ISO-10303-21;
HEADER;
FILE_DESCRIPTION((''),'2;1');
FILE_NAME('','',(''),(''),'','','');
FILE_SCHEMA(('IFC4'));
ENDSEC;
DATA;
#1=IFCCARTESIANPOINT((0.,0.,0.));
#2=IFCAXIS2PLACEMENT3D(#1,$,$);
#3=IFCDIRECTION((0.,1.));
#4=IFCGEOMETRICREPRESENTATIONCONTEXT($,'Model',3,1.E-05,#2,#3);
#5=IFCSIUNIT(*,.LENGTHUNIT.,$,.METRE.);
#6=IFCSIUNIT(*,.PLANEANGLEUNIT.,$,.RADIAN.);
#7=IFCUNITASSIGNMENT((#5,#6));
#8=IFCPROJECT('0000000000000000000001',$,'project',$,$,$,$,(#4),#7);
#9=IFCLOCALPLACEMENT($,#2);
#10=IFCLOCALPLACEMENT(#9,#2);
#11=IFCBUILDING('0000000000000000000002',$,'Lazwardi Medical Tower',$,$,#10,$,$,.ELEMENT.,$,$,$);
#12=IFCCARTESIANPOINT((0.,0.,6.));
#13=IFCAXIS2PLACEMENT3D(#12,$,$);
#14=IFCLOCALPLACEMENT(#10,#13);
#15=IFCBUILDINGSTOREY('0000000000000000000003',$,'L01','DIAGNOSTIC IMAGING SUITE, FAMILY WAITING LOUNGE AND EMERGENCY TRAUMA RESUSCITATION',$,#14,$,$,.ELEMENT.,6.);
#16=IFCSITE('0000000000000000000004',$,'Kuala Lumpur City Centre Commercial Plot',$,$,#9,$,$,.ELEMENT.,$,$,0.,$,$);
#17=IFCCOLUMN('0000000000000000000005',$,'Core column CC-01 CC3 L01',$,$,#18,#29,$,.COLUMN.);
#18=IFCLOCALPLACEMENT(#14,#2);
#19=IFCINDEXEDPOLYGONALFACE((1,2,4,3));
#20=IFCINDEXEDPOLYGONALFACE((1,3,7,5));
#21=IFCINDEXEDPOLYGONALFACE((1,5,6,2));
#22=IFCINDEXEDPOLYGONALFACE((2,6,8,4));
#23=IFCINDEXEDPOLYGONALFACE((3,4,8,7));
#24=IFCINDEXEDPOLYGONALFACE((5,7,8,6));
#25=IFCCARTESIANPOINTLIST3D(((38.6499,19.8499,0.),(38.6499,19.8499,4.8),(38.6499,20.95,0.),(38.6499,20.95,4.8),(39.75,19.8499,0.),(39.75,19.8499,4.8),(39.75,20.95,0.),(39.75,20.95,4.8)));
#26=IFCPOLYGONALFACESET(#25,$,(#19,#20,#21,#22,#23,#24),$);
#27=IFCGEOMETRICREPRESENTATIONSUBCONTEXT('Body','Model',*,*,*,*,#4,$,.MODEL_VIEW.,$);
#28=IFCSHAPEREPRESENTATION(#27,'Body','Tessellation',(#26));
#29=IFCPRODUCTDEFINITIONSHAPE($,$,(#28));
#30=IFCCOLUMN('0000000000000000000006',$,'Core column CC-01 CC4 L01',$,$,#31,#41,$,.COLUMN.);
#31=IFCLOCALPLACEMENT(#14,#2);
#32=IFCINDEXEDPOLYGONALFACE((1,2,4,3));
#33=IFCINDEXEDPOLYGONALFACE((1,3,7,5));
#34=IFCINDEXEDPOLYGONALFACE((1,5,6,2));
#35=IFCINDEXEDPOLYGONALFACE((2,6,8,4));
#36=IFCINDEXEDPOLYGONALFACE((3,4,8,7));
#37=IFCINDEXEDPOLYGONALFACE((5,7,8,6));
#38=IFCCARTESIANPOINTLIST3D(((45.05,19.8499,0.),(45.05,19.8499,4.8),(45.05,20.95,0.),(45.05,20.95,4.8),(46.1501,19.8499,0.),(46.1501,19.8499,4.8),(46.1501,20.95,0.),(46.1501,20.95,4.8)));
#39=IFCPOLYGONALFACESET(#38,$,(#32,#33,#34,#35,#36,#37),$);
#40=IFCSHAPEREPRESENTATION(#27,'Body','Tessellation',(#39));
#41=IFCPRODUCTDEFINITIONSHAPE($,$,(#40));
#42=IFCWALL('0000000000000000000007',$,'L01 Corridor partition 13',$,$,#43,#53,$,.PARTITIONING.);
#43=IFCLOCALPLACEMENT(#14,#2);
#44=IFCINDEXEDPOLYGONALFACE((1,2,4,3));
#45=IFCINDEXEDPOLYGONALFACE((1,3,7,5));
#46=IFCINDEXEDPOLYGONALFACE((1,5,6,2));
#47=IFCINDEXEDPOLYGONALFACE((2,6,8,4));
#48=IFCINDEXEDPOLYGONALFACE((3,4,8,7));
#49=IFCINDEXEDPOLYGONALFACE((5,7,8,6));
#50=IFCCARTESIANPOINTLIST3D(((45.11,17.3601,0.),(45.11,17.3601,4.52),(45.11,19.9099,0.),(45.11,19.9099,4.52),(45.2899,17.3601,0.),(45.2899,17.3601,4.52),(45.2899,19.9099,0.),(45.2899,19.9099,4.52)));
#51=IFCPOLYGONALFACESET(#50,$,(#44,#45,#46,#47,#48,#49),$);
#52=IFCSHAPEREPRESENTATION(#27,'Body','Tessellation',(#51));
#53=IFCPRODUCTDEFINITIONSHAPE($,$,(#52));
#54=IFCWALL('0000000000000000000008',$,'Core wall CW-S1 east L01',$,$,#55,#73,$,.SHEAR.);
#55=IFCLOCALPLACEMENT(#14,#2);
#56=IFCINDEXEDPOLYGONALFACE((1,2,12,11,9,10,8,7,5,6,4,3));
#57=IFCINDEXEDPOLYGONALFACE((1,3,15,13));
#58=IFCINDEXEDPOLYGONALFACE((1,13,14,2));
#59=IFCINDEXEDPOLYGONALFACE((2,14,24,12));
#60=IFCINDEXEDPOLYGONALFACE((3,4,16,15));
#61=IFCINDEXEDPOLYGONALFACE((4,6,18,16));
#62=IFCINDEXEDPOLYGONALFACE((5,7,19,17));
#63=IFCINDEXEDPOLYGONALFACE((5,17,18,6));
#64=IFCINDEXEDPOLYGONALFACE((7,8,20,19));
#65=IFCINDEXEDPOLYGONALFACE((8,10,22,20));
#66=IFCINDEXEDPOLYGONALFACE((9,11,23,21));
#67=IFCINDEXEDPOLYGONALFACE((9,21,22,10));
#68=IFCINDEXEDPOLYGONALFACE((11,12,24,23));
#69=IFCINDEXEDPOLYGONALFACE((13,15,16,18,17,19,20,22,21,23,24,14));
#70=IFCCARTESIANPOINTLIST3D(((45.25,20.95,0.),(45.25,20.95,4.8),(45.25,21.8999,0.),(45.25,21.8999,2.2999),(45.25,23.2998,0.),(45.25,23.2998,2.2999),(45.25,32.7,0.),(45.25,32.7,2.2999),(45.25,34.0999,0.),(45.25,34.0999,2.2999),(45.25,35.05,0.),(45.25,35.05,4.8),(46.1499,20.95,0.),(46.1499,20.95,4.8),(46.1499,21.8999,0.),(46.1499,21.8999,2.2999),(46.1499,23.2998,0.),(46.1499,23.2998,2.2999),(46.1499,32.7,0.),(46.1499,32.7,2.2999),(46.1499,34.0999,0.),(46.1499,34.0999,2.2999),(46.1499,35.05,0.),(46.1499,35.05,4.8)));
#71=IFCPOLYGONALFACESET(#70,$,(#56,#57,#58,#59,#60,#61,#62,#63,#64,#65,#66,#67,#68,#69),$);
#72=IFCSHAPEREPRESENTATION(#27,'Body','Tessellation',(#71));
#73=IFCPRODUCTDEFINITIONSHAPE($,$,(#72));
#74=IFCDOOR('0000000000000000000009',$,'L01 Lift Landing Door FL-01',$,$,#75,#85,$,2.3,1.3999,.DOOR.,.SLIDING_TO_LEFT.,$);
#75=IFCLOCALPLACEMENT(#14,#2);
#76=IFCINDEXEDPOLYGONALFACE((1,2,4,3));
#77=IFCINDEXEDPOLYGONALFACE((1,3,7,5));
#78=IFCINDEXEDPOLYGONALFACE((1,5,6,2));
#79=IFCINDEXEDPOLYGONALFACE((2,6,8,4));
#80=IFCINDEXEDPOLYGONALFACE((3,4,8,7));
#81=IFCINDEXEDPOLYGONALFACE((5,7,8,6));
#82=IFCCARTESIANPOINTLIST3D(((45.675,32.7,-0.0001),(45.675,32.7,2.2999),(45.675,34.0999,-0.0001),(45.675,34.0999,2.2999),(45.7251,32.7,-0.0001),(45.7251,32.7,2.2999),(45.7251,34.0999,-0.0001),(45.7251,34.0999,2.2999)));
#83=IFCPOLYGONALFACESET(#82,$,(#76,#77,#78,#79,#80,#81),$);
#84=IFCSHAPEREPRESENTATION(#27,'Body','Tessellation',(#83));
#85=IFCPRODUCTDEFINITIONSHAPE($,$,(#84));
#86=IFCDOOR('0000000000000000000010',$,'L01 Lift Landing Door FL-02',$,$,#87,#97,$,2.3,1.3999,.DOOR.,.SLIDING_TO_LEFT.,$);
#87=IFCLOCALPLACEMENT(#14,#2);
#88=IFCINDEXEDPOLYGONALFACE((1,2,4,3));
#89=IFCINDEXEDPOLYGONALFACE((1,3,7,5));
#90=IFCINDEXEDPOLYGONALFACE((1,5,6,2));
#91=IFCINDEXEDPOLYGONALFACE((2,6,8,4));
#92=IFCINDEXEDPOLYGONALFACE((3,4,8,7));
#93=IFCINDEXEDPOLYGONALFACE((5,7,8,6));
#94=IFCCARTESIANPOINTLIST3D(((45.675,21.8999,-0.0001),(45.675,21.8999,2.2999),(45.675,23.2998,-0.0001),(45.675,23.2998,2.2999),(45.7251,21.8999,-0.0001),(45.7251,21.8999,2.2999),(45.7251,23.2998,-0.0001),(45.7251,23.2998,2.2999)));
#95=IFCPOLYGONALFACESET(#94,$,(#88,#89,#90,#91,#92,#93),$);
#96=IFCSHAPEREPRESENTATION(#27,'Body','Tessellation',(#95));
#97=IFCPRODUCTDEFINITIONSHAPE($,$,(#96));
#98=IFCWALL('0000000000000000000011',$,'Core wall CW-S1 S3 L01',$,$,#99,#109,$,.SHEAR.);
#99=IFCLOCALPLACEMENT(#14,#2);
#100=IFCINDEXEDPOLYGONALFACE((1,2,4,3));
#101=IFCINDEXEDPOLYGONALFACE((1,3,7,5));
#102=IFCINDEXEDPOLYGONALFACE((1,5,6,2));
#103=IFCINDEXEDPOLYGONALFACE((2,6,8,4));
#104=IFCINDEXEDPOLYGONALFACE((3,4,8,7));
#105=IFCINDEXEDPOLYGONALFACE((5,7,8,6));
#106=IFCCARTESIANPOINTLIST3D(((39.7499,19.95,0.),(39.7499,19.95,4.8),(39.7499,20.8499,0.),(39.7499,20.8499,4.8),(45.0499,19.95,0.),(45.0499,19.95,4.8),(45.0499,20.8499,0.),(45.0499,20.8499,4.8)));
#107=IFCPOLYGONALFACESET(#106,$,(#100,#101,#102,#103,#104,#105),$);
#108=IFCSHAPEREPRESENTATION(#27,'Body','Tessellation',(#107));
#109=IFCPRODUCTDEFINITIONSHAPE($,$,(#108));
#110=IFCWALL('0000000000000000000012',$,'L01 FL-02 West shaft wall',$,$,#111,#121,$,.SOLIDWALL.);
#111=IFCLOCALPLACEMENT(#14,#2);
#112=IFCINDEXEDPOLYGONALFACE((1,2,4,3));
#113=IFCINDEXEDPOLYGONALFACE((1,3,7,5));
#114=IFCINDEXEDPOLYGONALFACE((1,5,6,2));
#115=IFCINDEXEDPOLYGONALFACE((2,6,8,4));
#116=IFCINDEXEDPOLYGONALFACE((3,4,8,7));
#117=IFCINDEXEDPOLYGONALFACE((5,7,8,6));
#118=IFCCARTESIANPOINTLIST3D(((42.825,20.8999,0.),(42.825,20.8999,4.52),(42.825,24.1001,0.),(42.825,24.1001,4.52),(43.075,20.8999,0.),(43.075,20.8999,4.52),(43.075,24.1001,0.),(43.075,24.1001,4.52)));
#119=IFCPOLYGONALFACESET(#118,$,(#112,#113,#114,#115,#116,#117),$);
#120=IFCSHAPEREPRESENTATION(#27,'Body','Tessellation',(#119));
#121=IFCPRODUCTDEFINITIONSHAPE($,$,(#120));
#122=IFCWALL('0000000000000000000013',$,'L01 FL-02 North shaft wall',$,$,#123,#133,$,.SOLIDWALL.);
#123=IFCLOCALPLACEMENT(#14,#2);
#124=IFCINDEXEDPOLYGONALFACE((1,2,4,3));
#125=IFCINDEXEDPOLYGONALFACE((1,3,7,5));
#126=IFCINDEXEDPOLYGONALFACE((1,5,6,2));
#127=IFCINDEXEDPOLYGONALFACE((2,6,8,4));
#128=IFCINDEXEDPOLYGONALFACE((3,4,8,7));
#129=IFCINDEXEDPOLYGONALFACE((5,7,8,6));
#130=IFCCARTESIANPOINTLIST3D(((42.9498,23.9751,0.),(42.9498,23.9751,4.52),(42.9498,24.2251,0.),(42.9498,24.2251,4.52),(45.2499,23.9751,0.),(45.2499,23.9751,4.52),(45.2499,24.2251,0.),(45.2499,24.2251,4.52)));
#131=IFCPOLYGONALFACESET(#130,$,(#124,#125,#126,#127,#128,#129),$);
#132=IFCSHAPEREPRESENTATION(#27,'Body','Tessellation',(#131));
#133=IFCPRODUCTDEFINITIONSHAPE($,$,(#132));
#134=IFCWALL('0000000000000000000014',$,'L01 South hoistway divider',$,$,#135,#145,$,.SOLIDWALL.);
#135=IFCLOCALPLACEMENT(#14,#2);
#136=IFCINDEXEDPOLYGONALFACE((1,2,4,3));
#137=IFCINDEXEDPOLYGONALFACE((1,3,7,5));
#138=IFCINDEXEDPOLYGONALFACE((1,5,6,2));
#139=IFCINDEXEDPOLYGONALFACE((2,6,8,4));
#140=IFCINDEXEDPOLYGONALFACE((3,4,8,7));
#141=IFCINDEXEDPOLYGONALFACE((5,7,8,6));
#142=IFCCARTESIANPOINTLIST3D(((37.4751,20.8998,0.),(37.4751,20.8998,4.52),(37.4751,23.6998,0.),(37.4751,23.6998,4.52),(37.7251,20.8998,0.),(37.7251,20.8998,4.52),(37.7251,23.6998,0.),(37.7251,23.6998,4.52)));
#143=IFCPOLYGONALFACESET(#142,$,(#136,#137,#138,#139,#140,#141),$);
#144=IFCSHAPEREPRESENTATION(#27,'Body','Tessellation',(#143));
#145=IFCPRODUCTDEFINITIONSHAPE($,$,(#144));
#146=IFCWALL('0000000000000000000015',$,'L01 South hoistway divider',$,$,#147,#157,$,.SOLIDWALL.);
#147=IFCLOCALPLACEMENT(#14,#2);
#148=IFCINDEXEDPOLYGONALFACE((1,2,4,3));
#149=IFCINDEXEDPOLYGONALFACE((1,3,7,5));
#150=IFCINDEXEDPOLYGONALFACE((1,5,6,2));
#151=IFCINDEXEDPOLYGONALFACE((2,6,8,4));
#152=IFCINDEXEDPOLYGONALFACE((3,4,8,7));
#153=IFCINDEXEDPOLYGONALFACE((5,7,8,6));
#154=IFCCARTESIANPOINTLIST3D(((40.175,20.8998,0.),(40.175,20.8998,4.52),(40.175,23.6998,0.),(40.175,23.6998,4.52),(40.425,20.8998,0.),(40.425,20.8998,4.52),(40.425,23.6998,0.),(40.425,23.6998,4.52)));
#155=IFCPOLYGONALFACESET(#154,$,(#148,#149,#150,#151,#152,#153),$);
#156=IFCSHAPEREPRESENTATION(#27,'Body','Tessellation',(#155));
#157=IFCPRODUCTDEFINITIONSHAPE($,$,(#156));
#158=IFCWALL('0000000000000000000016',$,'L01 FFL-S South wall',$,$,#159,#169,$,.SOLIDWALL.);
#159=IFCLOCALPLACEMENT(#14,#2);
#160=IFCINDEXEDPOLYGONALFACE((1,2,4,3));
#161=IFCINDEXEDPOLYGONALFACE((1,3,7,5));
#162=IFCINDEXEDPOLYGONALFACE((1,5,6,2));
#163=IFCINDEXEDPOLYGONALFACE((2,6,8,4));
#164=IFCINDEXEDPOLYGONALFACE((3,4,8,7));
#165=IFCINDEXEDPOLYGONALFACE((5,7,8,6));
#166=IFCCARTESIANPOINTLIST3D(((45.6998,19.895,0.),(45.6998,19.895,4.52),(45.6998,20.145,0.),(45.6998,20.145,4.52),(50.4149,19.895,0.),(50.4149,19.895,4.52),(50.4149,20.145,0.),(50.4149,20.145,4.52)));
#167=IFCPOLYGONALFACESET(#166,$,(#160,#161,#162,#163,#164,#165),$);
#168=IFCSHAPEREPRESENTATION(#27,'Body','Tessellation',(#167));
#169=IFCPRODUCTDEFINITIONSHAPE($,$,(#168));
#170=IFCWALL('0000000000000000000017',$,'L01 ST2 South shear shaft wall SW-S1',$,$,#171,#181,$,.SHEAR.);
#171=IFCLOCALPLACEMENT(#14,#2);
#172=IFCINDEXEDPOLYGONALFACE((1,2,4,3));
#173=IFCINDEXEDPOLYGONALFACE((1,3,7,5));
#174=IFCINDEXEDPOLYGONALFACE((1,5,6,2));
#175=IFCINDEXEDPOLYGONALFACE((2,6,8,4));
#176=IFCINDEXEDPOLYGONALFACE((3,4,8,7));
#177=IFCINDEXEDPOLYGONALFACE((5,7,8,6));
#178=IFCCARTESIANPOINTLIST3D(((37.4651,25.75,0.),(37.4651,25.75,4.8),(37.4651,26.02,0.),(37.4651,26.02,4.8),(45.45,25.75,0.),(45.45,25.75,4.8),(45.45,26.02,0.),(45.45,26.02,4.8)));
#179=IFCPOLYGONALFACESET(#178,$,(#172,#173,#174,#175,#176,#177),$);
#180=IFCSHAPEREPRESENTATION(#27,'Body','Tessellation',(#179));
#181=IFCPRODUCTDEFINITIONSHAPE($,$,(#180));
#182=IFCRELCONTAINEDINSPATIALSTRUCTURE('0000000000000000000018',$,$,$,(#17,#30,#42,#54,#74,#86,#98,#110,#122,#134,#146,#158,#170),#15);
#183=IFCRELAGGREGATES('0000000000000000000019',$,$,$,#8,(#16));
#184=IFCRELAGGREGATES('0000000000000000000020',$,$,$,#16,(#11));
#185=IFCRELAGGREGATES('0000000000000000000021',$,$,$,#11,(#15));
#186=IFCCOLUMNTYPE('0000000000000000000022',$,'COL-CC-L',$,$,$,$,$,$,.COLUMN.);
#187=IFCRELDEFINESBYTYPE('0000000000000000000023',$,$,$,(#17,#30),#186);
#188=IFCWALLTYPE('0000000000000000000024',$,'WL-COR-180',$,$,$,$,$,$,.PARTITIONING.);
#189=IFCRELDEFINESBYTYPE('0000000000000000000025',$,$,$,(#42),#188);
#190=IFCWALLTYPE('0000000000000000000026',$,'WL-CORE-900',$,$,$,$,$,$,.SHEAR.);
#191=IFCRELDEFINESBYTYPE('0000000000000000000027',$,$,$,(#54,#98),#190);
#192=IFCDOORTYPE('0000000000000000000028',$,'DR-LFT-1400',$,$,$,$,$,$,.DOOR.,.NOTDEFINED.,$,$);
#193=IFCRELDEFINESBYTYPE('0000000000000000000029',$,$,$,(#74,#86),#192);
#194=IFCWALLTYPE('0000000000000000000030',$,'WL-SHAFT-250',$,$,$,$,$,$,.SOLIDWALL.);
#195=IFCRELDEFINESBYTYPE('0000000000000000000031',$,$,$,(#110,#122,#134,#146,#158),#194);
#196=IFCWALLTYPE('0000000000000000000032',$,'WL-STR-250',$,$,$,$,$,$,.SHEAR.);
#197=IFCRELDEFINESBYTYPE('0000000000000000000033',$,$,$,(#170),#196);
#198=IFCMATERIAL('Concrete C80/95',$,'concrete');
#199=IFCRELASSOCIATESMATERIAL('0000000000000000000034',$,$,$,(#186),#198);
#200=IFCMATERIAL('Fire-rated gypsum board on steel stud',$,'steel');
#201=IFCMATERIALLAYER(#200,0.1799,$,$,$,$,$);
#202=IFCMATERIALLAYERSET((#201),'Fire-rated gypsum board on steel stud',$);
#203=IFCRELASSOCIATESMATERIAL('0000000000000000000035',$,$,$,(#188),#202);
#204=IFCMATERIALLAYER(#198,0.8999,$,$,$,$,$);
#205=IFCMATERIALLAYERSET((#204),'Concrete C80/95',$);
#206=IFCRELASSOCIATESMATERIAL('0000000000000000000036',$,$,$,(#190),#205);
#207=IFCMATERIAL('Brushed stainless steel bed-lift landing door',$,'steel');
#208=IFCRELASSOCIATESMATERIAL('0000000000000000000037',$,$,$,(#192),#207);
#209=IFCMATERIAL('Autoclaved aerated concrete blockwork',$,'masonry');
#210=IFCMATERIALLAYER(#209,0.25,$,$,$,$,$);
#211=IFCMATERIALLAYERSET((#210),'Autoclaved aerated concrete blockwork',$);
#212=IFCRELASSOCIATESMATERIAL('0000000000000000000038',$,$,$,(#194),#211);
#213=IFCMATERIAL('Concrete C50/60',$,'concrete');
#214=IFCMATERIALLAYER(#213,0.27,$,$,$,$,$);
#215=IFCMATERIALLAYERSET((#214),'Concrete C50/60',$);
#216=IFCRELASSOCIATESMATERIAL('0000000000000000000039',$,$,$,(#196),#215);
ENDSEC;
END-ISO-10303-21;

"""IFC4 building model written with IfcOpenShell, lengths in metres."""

from ifc_helpers import new_model, si_unit, direction, frame, frame_2d, origin, origin_2d, place, context, subcontext, project, spatial, rectangle, extrude, material, layer, layer_set, material_profile, profile_set, type_object, element, fill, save


model = new_model("IFC4")

# Units and contexts
model_context = context("Model", 3, precision=1e-05, world=origin(), true_north=direction((0.0, 1.0)))
body_context = subcontext(model_context, "Body", "Model", "MODEL_VIEW")
ifc_project = project(units=[si_unit("LENGTHUNIT", "METRE"), si_unit("PLANEANGLEUNIT", "RADIAN")], contexts=[model_context])

# Site, building, storey
site_placement = place(None, origin())
site = spatial("IfcSite", under=ifc_project, at=site_placement, Name="Kuala Lumpur City Centre Commercial Plot", CompositionType="ELEMENT", RefElevation=0.0)
building_placement = place(site_placement, origin())
building = spatial("IfcBuilding", under=site, at=building_placement, Name="Lazwardi Medical Tower", CompositionType="ELEMENT")
storey_placement = place(building_placement, frame((0.0, 0.0, 6.0)))
storey = spatial("IfcBuildingStorey", under=building, at=storey_placement, Name="L01", Description="DIAGNOSTIC IMAGING SUITE, FAMILY WAITING LOUNGE AND EMERGENCY TRAUMA RESUSCITATION", CompositionType="ELEMENT", Elevation=6.0)

# Columns
ifc_material_1 = material(Name="Concrete C80/95", Category="concrete")
ifc_material_profile = material_profile(ifc_material_1, rectangle(XDim=1.1001, YDim=1.1001, at=origin_2d()), Name="RC 1100x1100")
ifc_profile_set = profile_set([ifc_material_profile], Name="Concrete C80/95")
column_type = type_object("IfcColumnType", Name="COL-CC-L", PredefinedType="COLUMN", material=ifc_profile_set)
for number, where, z_axis, x_axis, name in (
    (1, (39.2, 20.3999, 0.0), (0.0, 0.0, 1.0), (1.0, 0.0, 0.0), "Core column CC-01 CC3 L01"),
    (2, (45.6001, 20.3999, 0.0), (0.0, 0.0, 1.0), (1.0, 0.0, 0.0), "Core column CC-01 CC4 L01"),
):
    element("IfcColumn", number, at=place(storey_placement, frame(where, z_axis=z_axis, x_axis=x_axis)), inside=storey, type_object=column_type, Name=name, PredefinedType="COLUMN", context=body_context, shape_type="SweptSolid", body=[
        extrude(rectangle(XDim=1.1001, YDim=1.1001, at=origin_2d()), origin(), (0.0, 0.0, 1.0), 4.8),
    ])

# Wall
ifc_material_2 = material(Name="Fire-rated gypsum board on steel stud", Category="steel")
ifc_layer_1 = layer(ifc_material_2, 0.1799)
ifc_layer_set_1 = layer_set([ifc_layer_1], Name="Fire-rated gypsum board on steel stud")
wall_type_1 = type_object("IfcWallType", Name="WL-COR-180", PredefinedType="PARTITIONING", material=ifc_layer_set_1)
wall_1_placement = place(storey_placement, frame((45.2, 19.9099, 0.0), z_axis=(0.0, 0.0, 1.0), x_axis=(0.0, -1.0, 0.0)))
element("IfcWall", 3, at=wall_1_placement, inside=storey, type_object=wall_type_1, Name="L01 Corridor partition 13", PredefinedType="PARTITIONING", context=body_context, shape_type="SweptSolid", body=[
    extrude(rectangle(XDim=2.5498, YDim=0.1799, at=frame_2d((1.2749, 0.0))), origin(), (0.0, 0.0, 1.0), 4.52),
])

# Wall, openings, doors
ifc_layer_2 = layer(ifc_material_1, 0.8999)
ifc_layer_set_2 = layer_set([ifc_layer_2], Name="Concrete C80/95")
wall_type_2 = type_object("IfcWallType", Name="WL-CORE-900", PredefinedType="SHEAR", material=ifc_layer_set_2)
wall_2_placement = place(storey_placement, frame((45.7, 20.95, 0.0), z_axis=(0.0, 0.0, 1.0), x_axis=(0.0, 1.0, 0.0)))
wall_2 = element("IfcWall", 4, at=wall_2_placement, inside=storey, type_object=wall_type_2, Name="Core wall CW-S1 east L01", PredefinedType="SHEAR", context=body_context, shape_type="SweptSolid", body=[
    extrude(rectangle(XDim=14.1001, YDim=0.8999, at=frame_2d((7.05, 0.0))), origin(), (0.0, 0.0, 1.0), 4.8),
])
opening_1_placement = place(wall_2_placement, frame((11.75, 0.0, 0.0)))
opening_1 = element("IfcOpeningElement", 5, at=opening_1_placement, cuts=wall_2, PredefinedType="OPENING", context=body_context, shape_type="SweptSolid", body=[
    extrude(rectangle(XDim=1.3999, YDim=2.3, at=frame_2d((0.7, 1.1499))), frame((0.0, 0.46, 0.0), z_axis=(0.0, -1.0, 0.0), x_axis=(1.0, 0.0, 0.0)), (0.0, 0.0, 1.0), 0.9199),
])
opening_2_placement = place(wall_2_placement, frame((0.95, 0.0, 0.0)))
opening_2 = element("IfcOpeningElement", 6, at=opening_2_placement, cuts=wall_2, PredefinedType="OPENING", context=body_context, shape_type="SweptSolid", body=[
    extrude(rectangle(XDim=1.3999, YDim=2.3, at=frame_2d((0.7, 1.1499))), frame((0.0, 0.46, 0.0), z_axis=(0.0, -1.0, 0.0), x_axis=(1.0, 0.0, 0.0)), (0.0, 0.0, 1.0), 0.9199),
])
ifc_material_3 = material(Name="Brushed stainless steel bed-lift landing door", Category="steel")
door_type = type_object("IfcDoorType", Name="DR-LFT-1400", OperationType="NOTDEFINED", PredefinedType="DOOR", material=ifc_material_3)
door_1_placement = place(opening_1_placement, origin())
door_1 = element("IfcDoor", 7, at=door_1_placement, inside=storey, type_object=door_type, Name="L01 Lift Landing Door FL-01", OperationType="SLIDING_TO_LEFT", OverallHeight=2.3, OverallWidth=1.3999, PredefinedType="DOOR", context=body_context, shape_type="SweptSolid", body=[
    extrude(rectangle(XDim=1.3999, YDim=2.3, at=frame_2d((0.7, 1.1499))), frame((0.0, 0.0249, 0.0), z_axis=(0.0, -1.0, 0.0), x_axis=(1.0, 0.0, 0.0)), (0.0, 0.0, 1.0), 0.05),
])
fill(opening_1, door_1)
door_2_placement = place(opening_2_placement, origin())
door_2 = element("IfcDoor", 8, at=door_2_placement, inside=storey, type_object=door_type, Name="L01 Lift Landing Door FL-02", OperationType="SLIDING_TO_LEFT", OverallHeight=2.3, OverallWidth=1.3999, PredefinedType="DOOR", context=body_context, shape_type="SweptSolid", body=[
    extrude(rectangle(XDim=1.3999, YDim=2.3, at=frame_2d((0.7, 1.1499))), frame((0.0, 0.0249, 0.0), z_axis=(0.0, -1.0, 0.0), x_axis=(1.0, 0.0, 0.0)), (0.0, 0.0, 1.0), 0.05),
])
fill(opening_2, door_2)

# Walls
wall_3_placement = place(storey_placement, frame((39.75, 20.3999, 0.0), z_axis=(0.0, 0.0, 1.0), x_axis=(1.0, 0.0, 0.0)))
element("IfcWall", 9, at=wall_3_placement, inside=storey, type_object=wall_type_2, Name="Core wall CW-S1 S3 L01", PredefinedType="SHEAR", context=body_context, shape_type="SweptSolid", body=[
    extrude(rectangle(XDim=5.3, YDim=0.8999, at=frame_2d((2.6499, 0.0))), origin(), (0.0, 0.0, 1.0), 4.8),
])
ifc_material_4 = material(Name="Autoclaved aerated concrete blockwork", Category="masonry")
ifc_layer_3 = layer(ifc_material_4, 0.25)
ifc_layer_set_3 = layer_set([ifc_layer_3], Name="Autoclaved aerated concrete blockwork")
wall_type_3 = type_object("IfcWallType", Name="WL-SHAFT-250", PredefinedType="SOLIDWALL", material=ifc_layer_set_3)
wall_4_placement = place(storey_placement, frame((42.95, 20.8999, 0.0), z_axis=(0.0, 0.0, 1.0), x_axis=(0.0, 1.0, 0.0)))
element("IfcWall", 10, at=wall_4_placement, inside=storey, type_object=wall_type_3, Name="L01 FL-02 West shaft wall", PredefinedType="SOLIDWALL", context=body_context, shape_type="SweptSolid", body=[
    extrude(rectangle(XDim=3.2002, YDim=0.25, at=frame_2d((1.6001, 0.0))), origin(), (0.0, 0.0, 1.0), 4.52),
])
wall_5_placement = place(storey_placement, frame((42.95, 24.1001, 0.0), z_axis=(0.0, 0.0, 1.0), x_axis=(1.0, 0.0, 0.0)))
element("IfcWall", 11, at=wall_5_placement, inside=storey, type_object=wall_type_3, Name="L01 FL-02 North shaft wall", PredefinedType="SOLIDWALL", context=body_context, shape_type="SweptSolid", body=[
    extrude(rectangle(XDim=2.3, YDim=0.25, at=frame_2d((1.1499, 0.0))), origin(), (0.0, 0.0, 1.0), 4.52),
])
for number, where, z_axis, x_axis, name in (
    (12, (37.6001, 20.8999, 0.0), (0.0, 0.0, 1.0), (0.0, 1.0, 0.0), "L01 South hoistway divider"),
    (13, (40.3, 20.8999, 0.0), (0.0, 0.0, 1.0), (0.0, 1.0, 0.0), "L01 South hoistway divider"),
):
    element("IfcWall", number, at=place(storey_placement, frame(where, z_axis=z_axis, x_axis=x_axis)), inside=storey, type_object=wall_type_3, Name=name, PredefinedType="SOLIDWALL", context=body_context, shape_type="SweptSolid", body=[
        extrude(rectangle(XDim=2.8, YDim=0.25, at=frame_2d((1.3999, 0.0))), origin(), (0.0, 0.0, 1.0), 4.52),
    ])
wall_6_placement = place(storey_placement, frame((45.7, 20.02, 0.0), z_axis=(0.0, 0.0, 1.0), x_axis=(1.0, 0.0, 0.0)))
element("IfcWall", 14, at=wall_6_placement, inside=storey, type_object=wall_type_3, Name="L01 FFL-S South wall", PredefinedType="SOLIDWALL", context=body_context, shape_type="SweptSolid", body=[
    extrude(rectangle(XDim=4.7151, YDim=0.25, at=frame_2d((2.3574, 0.0))), origin(), (0.0, 0.0, 1.0), 4.52),
])
ifc_material_5 = material(Name="Concrete C50/60", Category="concrete")
ifc_layer_4 = layer(ifc_material_5, 0.27)
ifc_layer_set_4 = layer_set([ifc_layer_4], Name="Concrete C50/60")
wall_type_4 = type_object("IfcWallType", Name="WL-STR-250", PredefinedType="SHEAR", material=ifc_layer_set_4)
wall_7_placement = place(storey_placement, frame((37.4651, 25.885, 0.0), z_axis=(0.0, 0.0, 1.0), x_axis=(1.0, 0.0, 0.0)))
element("IfcWall", 15, at=wall_7_placement, inside=storey, type_object=wall_type_4, Name="L01 ST2 South shear shaft wall SW-S1", PredefinedType="SHEAR", context=body_context, shape_type="SweptSolid", body=[
    extrude(rectangle(XDim=7.9849, YDim=0.27, at=frame_2d((3.9924, 0.0))), origin(), (0.0, 0.0, 1.0), 4.8),
])

save(model, "model.ifc")
